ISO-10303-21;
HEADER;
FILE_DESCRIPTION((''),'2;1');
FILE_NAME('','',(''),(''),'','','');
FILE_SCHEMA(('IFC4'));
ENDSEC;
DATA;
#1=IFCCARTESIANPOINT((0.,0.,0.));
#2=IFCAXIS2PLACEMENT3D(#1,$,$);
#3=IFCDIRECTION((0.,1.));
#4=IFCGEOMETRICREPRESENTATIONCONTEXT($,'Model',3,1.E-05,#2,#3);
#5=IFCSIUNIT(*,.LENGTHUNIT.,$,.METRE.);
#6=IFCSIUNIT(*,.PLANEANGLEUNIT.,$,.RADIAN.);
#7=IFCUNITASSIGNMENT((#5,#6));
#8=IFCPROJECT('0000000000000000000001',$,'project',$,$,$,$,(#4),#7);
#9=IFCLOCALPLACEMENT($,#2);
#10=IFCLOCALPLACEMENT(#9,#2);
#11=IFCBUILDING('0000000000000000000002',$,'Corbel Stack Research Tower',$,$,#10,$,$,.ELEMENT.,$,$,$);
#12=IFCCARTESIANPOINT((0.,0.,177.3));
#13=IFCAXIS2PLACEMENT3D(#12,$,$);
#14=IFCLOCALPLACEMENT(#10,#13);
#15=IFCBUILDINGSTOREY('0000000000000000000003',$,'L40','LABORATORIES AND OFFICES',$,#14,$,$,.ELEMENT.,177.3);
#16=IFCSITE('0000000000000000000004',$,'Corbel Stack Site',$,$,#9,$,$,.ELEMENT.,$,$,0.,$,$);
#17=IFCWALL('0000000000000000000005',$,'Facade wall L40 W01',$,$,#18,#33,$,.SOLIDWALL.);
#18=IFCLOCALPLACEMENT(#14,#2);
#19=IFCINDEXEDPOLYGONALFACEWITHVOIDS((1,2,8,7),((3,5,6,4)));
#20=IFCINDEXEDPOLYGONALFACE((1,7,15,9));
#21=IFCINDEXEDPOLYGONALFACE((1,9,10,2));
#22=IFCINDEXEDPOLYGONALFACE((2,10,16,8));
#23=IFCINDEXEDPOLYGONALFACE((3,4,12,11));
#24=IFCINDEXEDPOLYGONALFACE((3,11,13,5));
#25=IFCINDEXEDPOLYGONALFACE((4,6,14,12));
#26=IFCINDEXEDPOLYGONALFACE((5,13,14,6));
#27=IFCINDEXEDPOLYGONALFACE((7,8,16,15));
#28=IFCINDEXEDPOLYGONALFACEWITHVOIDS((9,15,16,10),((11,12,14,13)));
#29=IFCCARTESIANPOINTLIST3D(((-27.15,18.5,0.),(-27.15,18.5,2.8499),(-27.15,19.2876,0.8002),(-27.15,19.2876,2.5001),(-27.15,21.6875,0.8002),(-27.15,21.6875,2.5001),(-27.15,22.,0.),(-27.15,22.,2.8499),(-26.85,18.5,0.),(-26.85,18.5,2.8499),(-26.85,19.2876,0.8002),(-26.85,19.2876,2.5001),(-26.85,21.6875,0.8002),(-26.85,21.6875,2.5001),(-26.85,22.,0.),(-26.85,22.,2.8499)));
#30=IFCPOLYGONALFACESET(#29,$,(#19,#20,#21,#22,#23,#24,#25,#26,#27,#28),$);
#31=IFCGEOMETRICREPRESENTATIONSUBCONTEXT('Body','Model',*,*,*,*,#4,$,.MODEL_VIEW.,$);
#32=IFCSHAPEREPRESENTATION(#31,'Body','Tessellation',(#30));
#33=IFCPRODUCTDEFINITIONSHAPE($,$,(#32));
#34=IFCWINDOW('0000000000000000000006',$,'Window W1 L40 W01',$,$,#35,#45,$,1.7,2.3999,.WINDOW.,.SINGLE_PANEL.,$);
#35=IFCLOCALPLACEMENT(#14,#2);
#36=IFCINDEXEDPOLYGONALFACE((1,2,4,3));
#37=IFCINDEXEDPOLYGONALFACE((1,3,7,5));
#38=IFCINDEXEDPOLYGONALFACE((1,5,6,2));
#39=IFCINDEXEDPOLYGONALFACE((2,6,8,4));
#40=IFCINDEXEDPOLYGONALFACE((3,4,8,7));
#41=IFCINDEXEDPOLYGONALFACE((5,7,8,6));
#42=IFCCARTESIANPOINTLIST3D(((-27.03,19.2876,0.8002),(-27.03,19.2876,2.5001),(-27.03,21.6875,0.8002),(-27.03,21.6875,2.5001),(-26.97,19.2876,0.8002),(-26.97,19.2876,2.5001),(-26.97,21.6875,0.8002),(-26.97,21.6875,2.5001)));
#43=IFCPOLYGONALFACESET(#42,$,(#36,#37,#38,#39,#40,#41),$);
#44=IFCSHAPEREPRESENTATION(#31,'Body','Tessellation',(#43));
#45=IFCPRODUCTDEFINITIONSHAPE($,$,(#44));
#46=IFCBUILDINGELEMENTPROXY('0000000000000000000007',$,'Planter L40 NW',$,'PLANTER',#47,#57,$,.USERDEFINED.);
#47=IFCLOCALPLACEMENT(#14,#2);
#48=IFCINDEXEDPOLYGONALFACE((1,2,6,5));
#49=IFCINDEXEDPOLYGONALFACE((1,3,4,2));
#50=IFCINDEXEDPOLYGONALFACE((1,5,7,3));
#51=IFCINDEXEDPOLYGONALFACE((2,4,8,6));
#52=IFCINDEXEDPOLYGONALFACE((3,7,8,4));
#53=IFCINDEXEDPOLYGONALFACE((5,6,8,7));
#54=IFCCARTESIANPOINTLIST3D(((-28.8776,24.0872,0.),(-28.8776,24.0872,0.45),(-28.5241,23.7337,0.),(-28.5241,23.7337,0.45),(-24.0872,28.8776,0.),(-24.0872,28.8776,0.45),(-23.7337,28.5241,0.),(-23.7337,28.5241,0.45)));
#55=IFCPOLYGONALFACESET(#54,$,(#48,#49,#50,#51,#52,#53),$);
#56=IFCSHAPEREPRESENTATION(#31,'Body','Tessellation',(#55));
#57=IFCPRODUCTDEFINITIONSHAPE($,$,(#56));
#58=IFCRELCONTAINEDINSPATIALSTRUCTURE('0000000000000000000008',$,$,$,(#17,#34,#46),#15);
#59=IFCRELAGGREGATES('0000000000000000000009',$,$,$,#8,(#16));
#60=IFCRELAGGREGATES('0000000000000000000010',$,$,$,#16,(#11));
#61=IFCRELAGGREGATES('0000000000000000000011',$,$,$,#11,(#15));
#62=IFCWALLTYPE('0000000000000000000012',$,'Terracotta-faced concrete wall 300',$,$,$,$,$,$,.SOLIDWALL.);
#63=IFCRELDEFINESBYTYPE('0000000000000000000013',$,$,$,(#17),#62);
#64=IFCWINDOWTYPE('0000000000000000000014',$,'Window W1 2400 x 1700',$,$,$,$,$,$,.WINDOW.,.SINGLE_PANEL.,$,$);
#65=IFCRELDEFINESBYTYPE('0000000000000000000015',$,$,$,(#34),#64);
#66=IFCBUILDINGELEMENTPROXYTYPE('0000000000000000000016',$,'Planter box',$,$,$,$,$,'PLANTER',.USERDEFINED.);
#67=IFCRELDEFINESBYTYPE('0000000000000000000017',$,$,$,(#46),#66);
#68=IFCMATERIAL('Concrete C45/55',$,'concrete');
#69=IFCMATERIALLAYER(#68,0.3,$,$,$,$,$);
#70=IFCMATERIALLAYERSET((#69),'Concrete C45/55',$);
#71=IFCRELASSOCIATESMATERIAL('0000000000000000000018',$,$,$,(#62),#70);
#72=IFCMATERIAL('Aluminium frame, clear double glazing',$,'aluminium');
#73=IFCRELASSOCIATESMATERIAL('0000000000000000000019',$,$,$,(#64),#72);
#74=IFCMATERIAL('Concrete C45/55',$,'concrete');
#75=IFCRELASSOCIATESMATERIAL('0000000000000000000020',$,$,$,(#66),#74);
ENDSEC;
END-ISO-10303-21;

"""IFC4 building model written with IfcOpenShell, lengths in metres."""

from ifc_helpers import new_model, si_unit, direction, frame, frame_2d, origin, origin_2d, place, context, subcontext, project, spatial, rectangle, extrude, material, layer, layer_set, type_object, element, fill, save


model = new_model("IFC4")

# Units and contexts
model_context = context("Model", 3, precision=1e-05, world=origin(), true_north=direction((0.0, 1.0)))
body_context = subcontext(model_context, "Body", "Model", "MODEL_VIEW")
ifc_project = project(units=[si_unit("LENGTHUNIT", "METRE"), si_unit("PLANEANGLEUNIT", "RADIAN")], contexts=[model_context])

# Site, building, storey
site_placement = place(None, origin())
site = spatial("IfcSite", under=ifc_project, at=site_placement, Name="Corbel Stack Site", CompositionType="ELEMENT", RefElevation=0.0)
building_placement = place(site_placement, origin())
building = spatial("IfcBuilding", under=site, at=building_placement, Name="Corbel Stack Research Tower", CompositionType="ELEMENT")
storey_placement = place(building_placement, frame((0.0, 0.0, 177.3)))
storey = spatial("IfcBuildingStorey", under=building, at=storey_placement, Name="L40", Description="LABORATORIES AND OFFICES", CompositionType="ELEMENT", Elevation=177.3)

# Shared definitions
ifc_material_1 = material(Name="Concrete C45/55", Category="concrete")
ifc_layer_1 = layer(ifc_material_1, 0.3)
ifc_layer_set_1 = layer_set([ifc_layer_1], Name="Concrete C45/55")
wall_type_1 = type_object("IfcWallType", Name="Terracotta-faced concrete wall 300", PredefinedType="SOLIDWALL", material=ifc_layer_set_1)

# Shared definitions
ifc_material_2 = material(Name="Aluminium frame, clear double glazing", Category="aluminium")
window_type = type_object("IfcWindowType", Name="Window W1 2400 x 1700", PartitioningType="SINGLE_PANEL", PredefinedType="WINDOW", material=ifc_material_2)

# Wall, opening, window
wall_1_placement = place(storey_placement, frame((-27.0, 18.5, 0.0), z_axis=(0.0, 0.0, 1.0), x_axis=(0.0, 1.0, 0.0)))
wall_1 = element("IfcWall", 1, at=wall_1_placement, inside=storey, type_object=wall_type_1, Name="Facade wall L40 W01", PredefinedType="SOLIDWALL", context=body_context, shape_type="SweptSolid", body=[
    extrude(rectangle(XDim=3.5, YDim=0.3, at=frame_2d((1.75, 0.0))), origin(), (0.0, 0.0, 1.0), 2.8499),
])
opening_1_placement = place(wall_1_placement, frame((0.7876, 0.0, 0.8)))
opening_1 = element("IfcOpeningElement", 2, at=opening_1_placement, cuts=wall_1, PredefinedType="OPENING", context=body_context, shape_type="SweptSolid", body=[
    extrude(rectangle(XDim=2.3999, YDim=1.7, at=frame_2d((1.2, 0.8501))), frame((0.0, 0.1599, 0.0), z_axis=(0.0, -1.0, 0.0), x_axis=(1.0, 0.0, 0.0)), (0.0, 0.0, 1.0), 0.3201),
])
window_1_placement = place(opening_1_placement, origin())
window_1 = element("IfcWindow", 3, at=window_1_placement, inside=storey, type_object=window_type, Name="Window W1 L40 W01", OverallHeight=1.7, OverallWidth=2.3999, PartitioningType="SINGLE_PANEL", PredefinedType="WINDOW", context=body_context, shape_type="SweptSolid", body=[
    extrude(rectangle(XDim=2.3999, YDim=1.7, at=frame_2d((1.2, 0.8501))), frame((0.0, 0.03, 0.0), z_axis=(0.0, -1.0, 0.0), x_axis=(1.0, 0.0, 0.0)), (0.0, 0.0, 1.0), 0.0601),
])
fill(opening_1, window_1)

# Building element proxy
ifc_material_3 = material(Name="Concrete C45/55", Category="concrete")
building_element_proxy_type = type_object("IfcBuildingElementProxyType", Name="Planter box", ElementType="PLANTER", PredefinedType="USERDEFINED", material=ifc_material_3)
proxy_placement = place(storey_placement, frame((-26.3057, 26.3057, 0.0), z_axis=(0.0, 0.0, 1.0), x_axis=(-0.707107, -0.707107, 0.0)))
element("IfcBuildingElementProxy", 4, at=proxy_placement, inside=storey, type_object=building_element_proxy_type, Name="Planter L40 NW", ObjectType="PLANTER", PredefinedType="USERDEFINED", context=body_context, shape_type="SweptSolid", body=[
    extrude(rectangle(XDim=6.7747, YDim=0.5, at=origin_2d()), origin(), (0.0, 0.0, 1.0), 0.45),
])

save(model, "model.ifc")
